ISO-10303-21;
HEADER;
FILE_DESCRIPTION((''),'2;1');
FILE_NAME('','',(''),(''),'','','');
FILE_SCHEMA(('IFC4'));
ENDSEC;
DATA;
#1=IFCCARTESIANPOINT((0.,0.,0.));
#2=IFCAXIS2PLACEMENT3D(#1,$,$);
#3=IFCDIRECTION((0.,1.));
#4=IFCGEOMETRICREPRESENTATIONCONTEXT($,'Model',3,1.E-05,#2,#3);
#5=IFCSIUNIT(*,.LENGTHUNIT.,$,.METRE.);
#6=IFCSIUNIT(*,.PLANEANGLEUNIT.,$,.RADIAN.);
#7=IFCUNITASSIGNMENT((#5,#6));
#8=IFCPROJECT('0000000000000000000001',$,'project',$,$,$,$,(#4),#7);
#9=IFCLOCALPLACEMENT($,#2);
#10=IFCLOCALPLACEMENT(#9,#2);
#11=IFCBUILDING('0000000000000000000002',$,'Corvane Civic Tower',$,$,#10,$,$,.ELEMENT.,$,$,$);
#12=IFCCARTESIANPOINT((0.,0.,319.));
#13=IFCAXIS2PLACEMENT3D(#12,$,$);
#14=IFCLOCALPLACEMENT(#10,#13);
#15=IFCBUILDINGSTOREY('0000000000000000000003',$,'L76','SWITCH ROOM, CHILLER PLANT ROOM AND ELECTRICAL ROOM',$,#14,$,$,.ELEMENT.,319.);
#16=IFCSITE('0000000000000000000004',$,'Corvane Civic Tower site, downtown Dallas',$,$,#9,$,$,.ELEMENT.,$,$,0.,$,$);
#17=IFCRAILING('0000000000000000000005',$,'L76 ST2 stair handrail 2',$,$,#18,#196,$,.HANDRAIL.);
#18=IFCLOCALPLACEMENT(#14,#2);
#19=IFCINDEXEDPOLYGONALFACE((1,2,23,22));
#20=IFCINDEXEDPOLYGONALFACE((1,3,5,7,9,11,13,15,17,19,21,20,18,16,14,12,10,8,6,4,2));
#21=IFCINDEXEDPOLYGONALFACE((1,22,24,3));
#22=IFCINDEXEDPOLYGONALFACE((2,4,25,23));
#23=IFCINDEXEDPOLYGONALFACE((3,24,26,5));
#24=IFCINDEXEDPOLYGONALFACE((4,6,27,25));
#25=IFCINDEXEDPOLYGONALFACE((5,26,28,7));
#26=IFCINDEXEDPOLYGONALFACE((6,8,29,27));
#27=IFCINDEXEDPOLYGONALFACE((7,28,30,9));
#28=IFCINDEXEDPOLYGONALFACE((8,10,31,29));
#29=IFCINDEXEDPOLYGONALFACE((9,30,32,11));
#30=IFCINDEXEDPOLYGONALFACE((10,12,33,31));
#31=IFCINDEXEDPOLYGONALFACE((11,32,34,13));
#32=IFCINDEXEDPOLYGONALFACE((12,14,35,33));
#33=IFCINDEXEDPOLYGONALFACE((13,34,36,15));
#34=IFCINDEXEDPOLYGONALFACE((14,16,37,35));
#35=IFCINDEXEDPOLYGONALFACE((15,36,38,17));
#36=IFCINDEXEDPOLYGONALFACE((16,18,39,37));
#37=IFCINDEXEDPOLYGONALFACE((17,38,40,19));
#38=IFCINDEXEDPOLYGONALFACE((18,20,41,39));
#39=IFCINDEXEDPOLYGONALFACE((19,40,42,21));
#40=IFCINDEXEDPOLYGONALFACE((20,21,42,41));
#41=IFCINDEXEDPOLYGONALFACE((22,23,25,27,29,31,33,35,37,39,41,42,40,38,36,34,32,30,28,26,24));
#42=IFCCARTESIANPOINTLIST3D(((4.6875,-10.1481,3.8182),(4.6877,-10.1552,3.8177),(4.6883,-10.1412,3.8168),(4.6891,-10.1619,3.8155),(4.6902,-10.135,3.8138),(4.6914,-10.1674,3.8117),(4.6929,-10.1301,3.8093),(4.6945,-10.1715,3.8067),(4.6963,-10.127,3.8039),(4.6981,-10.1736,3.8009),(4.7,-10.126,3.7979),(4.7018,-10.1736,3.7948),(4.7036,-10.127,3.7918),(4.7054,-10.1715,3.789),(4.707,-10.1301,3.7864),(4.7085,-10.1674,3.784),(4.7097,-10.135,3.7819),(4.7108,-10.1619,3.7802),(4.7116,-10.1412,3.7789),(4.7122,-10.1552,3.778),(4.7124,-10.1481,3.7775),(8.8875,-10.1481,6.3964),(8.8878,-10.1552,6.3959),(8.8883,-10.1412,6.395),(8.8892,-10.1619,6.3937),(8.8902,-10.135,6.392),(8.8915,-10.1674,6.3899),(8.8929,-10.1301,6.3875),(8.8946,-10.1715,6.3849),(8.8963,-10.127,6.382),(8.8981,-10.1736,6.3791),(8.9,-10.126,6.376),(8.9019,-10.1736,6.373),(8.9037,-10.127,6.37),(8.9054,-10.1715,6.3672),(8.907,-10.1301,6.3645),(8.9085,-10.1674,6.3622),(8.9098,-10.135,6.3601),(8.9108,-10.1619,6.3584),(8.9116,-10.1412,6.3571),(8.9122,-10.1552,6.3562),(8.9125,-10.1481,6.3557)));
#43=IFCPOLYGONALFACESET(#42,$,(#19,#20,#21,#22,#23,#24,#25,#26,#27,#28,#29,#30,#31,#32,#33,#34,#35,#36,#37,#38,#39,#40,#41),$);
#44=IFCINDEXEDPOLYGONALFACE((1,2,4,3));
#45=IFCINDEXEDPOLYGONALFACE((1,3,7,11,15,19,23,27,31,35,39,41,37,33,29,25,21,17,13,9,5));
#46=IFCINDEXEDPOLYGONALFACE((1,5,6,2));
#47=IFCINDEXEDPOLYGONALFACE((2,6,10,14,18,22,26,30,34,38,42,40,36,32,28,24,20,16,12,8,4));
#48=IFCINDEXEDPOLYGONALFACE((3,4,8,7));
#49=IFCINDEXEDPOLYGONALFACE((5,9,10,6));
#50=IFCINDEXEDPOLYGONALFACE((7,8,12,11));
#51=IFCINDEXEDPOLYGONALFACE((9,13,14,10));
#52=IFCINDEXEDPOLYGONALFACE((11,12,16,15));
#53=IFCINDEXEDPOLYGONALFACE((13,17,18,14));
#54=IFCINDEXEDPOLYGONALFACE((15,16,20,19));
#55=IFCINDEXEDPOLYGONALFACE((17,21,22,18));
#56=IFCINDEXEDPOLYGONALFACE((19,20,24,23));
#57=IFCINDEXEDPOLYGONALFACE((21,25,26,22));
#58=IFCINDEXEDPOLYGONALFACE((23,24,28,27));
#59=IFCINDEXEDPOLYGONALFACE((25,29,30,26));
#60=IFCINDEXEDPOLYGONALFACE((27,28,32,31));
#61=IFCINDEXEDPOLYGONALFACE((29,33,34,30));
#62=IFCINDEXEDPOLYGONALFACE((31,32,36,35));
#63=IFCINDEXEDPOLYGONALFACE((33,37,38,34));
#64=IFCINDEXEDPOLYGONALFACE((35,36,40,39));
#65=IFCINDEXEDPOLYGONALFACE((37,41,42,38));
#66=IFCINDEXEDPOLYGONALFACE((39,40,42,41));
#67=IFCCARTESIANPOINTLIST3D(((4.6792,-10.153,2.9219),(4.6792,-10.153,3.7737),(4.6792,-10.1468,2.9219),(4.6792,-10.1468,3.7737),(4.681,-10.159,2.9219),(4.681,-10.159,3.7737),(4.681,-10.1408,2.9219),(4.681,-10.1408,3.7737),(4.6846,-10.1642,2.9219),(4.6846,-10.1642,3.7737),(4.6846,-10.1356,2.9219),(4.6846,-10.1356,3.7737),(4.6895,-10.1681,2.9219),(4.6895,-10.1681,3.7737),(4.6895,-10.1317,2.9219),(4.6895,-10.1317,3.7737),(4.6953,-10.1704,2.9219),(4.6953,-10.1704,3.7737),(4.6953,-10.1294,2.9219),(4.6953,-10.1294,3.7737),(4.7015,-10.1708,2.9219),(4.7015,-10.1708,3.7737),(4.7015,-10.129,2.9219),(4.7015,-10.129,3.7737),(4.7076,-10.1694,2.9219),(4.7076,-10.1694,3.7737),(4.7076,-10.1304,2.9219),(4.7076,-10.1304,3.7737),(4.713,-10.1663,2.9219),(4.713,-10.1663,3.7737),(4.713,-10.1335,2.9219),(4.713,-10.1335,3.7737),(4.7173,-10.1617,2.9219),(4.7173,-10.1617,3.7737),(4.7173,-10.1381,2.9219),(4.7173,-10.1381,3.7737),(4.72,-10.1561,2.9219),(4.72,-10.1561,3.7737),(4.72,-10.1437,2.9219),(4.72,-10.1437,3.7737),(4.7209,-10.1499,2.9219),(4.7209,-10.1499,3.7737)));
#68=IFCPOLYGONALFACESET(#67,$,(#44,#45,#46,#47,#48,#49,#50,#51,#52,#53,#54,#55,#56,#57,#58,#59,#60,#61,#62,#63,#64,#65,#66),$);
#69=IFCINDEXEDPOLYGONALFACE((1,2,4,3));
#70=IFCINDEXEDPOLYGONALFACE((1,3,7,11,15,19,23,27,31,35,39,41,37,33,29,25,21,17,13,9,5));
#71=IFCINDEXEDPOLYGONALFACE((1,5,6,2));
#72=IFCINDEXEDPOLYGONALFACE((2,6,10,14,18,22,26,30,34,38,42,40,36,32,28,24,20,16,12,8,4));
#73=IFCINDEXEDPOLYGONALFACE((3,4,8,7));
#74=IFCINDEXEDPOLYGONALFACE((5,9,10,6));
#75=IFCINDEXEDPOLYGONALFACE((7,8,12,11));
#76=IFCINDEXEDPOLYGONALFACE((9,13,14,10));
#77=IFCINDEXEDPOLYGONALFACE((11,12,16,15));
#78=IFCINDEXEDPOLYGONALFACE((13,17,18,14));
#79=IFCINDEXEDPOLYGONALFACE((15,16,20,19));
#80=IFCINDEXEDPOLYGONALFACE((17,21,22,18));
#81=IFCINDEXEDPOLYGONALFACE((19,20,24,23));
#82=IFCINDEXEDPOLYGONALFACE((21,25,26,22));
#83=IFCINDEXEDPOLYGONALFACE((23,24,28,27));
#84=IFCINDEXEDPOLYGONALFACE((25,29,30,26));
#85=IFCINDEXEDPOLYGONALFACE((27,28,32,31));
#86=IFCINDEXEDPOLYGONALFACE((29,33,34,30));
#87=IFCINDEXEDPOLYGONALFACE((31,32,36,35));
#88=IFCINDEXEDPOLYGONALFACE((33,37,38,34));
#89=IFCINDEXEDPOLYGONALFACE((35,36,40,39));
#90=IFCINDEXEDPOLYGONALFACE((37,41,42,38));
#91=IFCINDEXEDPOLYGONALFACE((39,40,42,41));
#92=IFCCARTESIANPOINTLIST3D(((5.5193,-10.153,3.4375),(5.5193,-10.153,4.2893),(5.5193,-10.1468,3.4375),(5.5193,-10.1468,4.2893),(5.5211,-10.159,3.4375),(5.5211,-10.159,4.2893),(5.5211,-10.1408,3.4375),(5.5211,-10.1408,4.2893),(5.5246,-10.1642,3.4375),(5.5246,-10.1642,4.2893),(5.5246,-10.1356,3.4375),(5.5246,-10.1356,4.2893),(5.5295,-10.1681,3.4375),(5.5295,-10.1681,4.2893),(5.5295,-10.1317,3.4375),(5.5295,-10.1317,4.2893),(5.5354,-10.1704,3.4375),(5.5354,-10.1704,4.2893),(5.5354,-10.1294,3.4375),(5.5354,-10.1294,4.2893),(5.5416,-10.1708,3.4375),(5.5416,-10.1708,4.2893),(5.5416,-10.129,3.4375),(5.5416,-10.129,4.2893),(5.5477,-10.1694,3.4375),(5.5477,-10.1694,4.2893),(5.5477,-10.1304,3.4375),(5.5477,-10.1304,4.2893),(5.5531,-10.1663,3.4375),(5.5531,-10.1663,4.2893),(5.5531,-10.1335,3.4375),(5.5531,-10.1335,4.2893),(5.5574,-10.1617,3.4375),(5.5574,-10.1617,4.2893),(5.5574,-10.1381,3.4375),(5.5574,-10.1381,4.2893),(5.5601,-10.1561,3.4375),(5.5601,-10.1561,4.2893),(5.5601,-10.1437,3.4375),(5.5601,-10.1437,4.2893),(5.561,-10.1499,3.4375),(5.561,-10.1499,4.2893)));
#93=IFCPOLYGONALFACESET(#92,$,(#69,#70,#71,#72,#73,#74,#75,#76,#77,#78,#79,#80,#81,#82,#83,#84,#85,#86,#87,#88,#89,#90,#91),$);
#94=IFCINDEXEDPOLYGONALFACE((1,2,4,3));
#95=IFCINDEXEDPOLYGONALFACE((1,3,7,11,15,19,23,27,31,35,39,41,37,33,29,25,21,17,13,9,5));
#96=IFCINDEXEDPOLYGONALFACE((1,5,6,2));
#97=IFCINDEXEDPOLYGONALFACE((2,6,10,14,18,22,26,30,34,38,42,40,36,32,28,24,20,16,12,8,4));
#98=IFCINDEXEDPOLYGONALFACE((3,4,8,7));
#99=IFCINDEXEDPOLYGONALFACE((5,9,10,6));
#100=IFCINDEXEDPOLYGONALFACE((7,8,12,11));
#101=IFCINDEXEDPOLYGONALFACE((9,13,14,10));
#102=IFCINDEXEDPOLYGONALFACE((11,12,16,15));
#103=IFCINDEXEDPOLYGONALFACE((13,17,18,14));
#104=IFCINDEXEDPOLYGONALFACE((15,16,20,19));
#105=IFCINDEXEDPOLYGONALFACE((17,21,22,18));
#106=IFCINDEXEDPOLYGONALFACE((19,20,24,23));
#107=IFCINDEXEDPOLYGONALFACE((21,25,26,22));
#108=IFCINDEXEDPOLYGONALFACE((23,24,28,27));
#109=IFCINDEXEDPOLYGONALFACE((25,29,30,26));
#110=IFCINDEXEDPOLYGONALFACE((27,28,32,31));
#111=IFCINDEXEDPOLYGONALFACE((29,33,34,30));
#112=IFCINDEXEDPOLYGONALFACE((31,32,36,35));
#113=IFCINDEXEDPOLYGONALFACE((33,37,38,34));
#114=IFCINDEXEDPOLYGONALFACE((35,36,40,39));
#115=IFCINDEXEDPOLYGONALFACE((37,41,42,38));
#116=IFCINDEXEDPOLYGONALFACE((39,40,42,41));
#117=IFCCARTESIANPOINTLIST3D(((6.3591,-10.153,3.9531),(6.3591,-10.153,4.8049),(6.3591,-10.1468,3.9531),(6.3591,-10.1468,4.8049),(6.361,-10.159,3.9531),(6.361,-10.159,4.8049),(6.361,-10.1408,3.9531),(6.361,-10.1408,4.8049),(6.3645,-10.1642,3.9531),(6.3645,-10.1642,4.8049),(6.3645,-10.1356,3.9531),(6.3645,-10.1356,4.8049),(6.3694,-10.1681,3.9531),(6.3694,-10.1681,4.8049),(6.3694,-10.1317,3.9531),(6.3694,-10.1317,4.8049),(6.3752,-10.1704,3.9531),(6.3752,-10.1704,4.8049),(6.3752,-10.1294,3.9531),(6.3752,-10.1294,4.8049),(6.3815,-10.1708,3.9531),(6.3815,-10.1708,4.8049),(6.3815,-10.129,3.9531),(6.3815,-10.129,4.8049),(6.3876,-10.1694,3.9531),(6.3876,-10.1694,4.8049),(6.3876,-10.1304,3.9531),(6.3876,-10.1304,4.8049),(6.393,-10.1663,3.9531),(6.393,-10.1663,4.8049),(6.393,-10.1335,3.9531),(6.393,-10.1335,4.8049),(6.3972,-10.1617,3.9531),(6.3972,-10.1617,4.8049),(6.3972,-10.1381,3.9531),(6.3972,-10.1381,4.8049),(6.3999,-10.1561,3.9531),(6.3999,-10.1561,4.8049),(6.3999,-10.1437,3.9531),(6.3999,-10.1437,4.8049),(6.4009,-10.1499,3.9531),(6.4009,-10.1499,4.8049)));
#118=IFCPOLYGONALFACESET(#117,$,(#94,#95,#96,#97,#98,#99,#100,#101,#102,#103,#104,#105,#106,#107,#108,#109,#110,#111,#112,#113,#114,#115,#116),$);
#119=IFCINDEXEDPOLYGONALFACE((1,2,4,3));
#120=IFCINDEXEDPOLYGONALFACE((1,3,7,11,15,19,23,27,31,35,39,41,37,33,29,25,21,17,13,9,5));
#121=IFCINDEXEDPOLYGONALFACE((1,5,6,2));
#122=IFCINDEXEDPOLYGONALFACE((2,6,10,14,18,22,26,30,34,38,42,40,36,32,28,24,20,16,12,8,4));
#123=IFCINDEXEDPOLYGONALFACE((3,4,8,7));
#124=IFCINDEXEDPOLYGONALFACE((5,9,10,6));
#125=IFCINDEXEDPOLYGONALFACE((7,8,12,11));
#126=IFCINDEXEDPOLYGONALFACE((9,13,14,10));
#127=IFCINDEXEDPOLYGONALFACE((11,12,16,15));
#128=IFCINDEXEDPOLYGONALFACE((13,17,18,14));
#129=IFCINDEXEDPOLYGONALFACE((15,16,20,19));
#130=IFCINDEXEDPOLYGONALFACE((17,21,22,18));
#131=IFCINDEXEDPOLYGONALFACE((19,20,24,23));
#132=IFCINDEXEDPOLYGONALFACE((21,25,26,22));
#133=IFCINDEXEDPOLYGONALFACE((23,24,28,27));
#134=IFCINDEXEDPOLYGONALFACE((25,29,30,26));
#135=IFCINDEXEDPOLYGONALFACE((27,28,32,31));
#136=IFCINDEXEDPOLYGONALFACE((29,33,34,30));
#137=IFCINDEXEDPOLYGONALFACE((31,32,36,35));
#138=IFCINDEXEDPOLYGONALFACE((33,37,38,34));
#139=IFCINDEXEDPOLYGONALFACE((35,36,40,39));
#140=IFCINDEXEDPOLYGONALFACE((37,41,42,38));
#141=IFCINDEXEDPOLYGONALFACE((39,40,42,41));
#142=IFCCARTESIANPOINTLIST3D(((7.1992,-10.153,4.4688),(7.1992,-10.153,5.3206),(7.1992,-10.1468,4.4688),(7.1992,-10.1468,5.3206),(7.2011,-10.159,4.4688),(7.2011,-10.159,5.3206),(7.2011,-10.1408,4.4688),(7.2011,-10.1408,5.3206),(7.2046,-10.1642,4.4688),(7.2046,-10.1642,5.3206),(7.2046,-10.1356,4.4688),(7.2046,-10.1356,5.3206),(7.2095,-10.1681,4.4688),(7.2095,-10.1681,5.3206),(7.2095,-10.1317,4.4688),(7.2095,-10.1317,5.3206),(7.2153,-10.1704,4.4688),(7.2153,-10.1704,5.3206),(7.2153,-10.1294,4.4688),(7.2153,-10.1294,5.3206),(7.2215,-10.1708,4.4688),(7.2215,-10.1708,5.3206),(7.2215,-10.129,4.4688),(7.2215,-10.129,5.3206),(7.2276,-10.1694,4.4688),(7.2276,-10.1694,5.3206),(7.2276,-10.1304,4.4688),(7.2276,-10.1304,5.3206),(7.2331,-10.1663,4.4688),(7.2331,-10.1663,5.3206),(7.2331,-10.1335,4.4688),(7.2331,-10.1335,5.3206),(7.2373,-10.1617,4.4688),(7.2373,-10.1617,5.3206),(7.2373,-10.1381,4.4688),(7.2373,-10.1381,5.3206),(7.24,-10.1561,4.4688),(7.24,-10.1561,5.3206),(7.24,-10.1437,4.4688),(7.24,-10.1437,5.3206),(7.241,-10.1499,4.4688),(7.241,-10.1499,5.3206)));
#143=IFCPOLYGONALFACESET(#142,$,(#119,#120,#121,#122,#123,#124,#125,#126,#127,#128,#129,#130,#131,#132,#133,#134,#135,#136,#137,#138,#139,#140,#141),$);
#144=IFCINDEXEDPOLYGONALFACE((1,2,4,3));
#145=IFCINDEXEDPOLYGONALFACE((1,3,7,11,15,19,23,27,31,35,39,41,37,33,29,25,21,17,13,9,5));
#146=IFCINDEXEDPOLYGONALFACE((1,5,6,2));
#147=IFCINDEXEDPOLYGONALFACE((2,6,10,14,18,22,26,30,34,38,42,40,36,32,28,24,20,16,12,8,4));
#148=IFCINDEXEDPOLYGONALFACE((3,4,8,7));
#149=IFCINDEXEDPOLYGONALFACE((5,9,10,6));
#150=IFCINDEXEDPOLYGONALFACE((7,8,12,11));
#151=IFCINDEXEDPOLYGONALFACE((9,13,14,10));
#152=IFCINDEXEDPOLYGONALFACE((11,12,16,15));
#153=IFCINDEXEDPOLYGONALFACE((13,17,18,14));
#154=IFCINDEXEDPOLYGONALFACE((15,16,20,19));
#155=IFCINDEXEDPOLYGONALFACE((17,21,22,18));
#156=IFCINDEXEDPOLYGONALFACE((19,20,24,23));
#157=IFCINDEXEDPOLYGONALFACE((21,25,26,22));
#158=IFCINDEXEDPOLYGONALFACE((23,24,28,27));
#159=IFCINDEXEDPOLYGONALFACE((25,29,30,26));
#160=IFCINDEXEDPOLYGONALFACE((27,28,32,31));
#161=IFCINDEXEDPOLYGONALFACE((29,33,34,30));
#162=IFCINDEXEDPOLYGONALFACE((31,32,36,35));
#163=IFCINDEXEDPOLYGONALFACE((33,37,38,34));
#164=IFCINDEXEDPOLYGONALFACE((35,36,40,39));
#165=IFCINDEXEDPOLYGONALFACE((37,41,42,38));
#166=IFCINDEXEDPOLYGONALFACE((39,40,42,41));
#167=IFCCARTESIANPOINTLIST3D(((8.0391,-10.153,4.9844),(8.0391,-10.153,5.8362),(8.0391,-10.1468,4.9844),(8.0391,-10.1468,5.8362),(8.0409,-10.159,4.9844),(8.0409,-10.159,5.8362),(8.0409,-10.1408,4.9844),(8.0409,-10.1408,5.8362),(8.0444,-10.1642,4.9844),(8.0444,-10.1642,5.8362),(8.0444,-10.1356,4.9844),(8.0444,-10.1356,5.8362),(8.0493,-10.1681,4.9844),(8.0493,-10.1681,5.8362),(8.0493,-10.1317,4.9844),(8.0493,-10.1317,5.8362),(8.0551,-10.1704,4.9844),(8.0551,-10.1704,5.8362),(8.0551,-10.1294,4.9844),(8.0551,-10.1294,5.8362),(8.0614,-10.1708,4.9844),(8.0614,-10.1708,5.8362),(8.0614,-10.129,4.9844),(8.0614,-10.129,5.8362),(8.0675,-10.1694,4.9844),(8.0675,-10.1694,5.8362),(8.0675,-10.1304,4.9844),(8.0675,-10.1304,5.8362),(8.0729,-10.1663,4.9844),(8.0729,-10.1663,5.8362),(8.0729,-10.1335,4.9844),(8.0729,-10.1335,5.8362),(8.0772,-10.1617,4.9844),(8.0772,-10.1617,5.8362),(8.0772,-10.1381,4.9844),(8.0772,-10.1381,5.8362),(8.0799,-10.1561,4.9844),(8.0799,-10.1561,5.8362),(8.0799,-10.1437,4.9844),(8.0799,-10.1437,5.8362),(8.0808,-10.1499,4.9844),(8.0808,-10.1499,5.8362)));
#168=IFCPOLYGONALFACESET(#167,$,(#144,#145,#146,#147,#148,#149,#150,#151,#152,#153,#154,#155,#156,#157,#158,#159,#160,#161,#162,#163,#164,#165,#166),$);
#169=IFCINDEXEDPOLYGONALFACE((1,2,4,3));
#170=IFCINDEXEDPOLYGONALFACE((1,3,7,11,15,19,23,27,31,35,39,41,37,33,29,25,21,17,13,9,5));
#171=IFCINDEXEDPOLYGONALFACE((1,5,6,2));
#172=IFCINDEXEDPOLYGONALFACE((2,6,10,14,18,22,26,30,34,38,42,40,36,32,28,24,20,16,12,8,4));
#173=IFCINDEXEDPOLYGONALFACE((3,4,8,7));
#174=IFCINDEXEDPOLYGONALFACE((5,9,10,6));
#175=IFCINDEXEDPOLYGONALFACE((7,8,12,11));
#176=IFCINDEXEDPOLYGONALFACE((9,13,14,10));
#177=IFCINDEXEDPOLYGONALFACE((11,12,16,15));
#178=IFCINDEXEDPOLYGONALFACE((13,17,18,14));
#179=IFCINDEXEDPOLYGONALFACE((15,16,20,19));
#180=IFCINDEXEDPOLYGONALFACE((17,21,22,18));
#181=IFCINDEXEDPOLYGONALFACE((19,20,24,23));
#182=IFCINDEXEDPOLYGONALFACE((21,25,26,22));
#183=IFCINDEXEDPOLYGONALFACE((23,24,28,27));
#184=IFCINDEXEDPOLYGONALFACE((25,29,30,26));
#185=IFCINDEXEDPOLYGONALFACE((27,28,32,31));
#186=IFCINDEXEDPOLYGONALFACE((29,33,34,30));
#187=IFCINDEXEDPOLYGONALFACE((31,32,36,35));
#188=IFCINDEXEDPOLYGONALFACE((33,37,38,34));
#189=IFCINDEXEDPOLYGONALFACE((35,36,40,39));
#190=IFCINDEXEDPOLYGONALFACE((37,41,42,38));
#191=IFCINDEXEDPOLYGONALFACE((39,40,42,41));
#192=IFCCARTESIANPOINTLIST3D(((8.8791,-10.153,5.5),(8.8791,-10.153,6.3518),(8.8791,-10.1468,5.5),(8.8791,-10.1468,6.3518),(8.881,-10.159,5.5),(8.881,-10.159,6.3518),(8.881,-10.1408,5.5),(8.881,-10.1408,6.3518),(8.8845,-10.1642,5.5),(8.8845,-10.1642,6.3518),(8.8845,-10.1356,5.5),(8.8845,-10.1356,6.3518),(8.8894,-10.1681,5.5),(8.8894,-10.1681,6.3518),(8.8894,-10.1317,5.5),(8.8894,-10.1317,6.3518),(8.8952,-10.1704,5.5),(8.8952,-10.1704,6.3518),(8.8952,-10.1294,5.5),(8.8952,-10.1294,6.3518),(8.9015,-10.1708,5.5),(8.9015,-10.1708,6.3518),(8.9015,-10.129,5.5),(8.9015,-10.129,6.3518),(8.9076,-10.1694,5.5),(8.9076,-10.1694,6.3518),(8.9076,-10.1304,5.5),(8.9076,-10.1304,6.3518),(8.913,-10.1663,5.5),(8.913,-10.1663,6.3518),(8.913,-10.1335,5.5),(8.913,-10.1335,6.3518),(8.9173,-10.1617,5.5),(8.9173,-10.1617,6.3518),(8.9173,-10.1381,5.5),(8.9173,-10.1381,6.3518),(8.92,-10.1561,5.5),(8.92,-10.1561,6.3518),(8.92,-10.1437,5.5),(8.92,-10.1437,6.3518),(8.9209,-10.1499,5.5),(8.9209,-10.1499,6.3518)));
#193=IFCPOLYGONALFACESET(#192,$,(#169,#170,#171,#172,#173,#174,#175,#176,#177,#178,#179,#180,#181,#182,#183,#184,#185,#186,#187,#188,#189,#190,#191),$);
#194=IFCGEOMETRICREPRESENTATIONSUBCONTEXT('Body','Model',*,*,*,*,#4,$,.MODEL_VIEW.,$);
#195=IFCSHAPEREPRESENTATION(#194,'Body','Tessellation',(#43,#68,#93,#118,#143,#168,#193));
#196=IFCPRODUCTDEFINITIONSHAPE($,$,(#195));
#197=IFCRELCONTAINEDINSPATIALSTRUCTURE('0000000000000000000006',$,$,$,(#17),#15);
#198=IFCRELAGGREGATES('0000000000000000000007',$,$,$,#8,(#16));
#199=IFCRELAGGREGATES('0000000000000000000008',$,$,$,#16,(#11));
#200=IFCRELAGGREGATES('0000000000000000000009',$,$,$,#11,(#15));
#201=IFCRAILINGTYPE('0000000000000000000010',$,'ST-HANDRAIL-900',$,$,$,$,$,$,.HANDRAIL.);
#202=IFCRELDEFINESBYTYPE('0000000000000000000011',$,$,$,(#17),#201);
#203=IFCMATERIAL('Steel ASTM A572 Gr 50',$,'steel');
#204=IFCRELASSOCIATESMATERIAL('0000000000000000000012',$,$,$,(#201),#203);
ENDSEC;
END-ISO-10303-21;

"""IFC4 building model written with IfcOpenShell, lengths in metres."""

from ifc_helpers import new_model, si_unit, direction, frame, origin, origin_2d, place, context, subcontext, project, spatial, circle, extrude, material, type_object, element, save


model = new_model("IFC4")

# Units and contexts
model_context = context("Model", 3, precision=1e-05, world=origin(), true_north=direction((0.0, 1.0)))
body_context = subcontext(model_context, "Body", "Model", "MODEL_VIEW")
ifc_project = project(units=[si_unit("LENGTHUNIT", "METRE"), si_unit("PLANEANGLEUNIT", "RADIAN")], contexts=[model_context])

# Site, building, storey
site_placement = place(None, origin())
site = spatial("IfcSite", under=ifc_project, at=site_placement, Name="Corvane Civic Tower site, downtown Dallas", CompositionType="ELEMENT", RefElevation=0.0)
building_placement = place(site_placement, origin())
building = spatial("IfcBuilding", under=site, at=building_placement, Name="Corvane Civic Tower", CompositionType="ELEMENT")
storey_placement = place(building_placement, frame((0.0, 0.0, 319.0)))
storey = spatial("IfcBuildingStorey", under=building, at=storey_placement, Name="L76", Description="SWITCH ROOM, CHILLER PLANT ROOM AND ELECTRICAL ROOM", CompositionType="ELEMENT", Elevation=319.0)

# Railing
ifc_material_1 = material(Name="Steel ASTM A572 Gr 50", Category="steel")
railing_type_1 = type_object("IfcRailingType", Name="ST-HANDRAIL-900", PredefinedType="HANDRAIL", material=ifc_material_1)
railing_1_placement = place(storey_placement, frame((4.7, -10.1499, 2.9219)))
element("IfcRailing", 1, at=railing_1_placement, inside=storey, type_object=railing_type_1, Name="L76 ST2 stair handrail 2", PredefinedType="HANDRAIL", context=body_context, shape_type="SweptSolid", body=[
    extrude(circle(Radius=0.0239, at=origin_2d()), frame((0.0, 0.0, 0.876), z_axis=(0.852243, 0.0, 0.523146), x_axis=(0.0, 1.0, 0.0)), (0.0, 0.0, 1.0), 4.9282),
    extrude(circle(Radius=0.021, at=origin_2d()), origin(), (0.0, 0.0, 1.0), 0.8518),
    extrude(circle(Radius=0.021, at=origin_2d()), frame((0.8401, 0.0, 0.5156)), (0.0, 0.0, 1.0), 0.8518),
    extrude(circle(Radius=0.021, at=origin_2d()), frame((1.6799, 0.0, 1.0312)), (0.0, 0.0, 1.0), 0.8518),
    extrude(circle(Radius=0.021, at=origin_2d()), frame((2.52, 0.0, 1.5469)), (0.0, 0.0, 1.0), 0.8518),
    extrude(circle(Radius=0.021, at=origin_2d()), frame((3.3599, 0.0, 2.0625)), (0.0, 0.0, 1.0), 0.8518),
    extrude(circle(Radius=0.021, at=origin_2d()), frame((4.2, 0.0, 2.5781)), (0.0, 0.0, 1.0), 0.8518),
])

save(model, "model.ifc")
